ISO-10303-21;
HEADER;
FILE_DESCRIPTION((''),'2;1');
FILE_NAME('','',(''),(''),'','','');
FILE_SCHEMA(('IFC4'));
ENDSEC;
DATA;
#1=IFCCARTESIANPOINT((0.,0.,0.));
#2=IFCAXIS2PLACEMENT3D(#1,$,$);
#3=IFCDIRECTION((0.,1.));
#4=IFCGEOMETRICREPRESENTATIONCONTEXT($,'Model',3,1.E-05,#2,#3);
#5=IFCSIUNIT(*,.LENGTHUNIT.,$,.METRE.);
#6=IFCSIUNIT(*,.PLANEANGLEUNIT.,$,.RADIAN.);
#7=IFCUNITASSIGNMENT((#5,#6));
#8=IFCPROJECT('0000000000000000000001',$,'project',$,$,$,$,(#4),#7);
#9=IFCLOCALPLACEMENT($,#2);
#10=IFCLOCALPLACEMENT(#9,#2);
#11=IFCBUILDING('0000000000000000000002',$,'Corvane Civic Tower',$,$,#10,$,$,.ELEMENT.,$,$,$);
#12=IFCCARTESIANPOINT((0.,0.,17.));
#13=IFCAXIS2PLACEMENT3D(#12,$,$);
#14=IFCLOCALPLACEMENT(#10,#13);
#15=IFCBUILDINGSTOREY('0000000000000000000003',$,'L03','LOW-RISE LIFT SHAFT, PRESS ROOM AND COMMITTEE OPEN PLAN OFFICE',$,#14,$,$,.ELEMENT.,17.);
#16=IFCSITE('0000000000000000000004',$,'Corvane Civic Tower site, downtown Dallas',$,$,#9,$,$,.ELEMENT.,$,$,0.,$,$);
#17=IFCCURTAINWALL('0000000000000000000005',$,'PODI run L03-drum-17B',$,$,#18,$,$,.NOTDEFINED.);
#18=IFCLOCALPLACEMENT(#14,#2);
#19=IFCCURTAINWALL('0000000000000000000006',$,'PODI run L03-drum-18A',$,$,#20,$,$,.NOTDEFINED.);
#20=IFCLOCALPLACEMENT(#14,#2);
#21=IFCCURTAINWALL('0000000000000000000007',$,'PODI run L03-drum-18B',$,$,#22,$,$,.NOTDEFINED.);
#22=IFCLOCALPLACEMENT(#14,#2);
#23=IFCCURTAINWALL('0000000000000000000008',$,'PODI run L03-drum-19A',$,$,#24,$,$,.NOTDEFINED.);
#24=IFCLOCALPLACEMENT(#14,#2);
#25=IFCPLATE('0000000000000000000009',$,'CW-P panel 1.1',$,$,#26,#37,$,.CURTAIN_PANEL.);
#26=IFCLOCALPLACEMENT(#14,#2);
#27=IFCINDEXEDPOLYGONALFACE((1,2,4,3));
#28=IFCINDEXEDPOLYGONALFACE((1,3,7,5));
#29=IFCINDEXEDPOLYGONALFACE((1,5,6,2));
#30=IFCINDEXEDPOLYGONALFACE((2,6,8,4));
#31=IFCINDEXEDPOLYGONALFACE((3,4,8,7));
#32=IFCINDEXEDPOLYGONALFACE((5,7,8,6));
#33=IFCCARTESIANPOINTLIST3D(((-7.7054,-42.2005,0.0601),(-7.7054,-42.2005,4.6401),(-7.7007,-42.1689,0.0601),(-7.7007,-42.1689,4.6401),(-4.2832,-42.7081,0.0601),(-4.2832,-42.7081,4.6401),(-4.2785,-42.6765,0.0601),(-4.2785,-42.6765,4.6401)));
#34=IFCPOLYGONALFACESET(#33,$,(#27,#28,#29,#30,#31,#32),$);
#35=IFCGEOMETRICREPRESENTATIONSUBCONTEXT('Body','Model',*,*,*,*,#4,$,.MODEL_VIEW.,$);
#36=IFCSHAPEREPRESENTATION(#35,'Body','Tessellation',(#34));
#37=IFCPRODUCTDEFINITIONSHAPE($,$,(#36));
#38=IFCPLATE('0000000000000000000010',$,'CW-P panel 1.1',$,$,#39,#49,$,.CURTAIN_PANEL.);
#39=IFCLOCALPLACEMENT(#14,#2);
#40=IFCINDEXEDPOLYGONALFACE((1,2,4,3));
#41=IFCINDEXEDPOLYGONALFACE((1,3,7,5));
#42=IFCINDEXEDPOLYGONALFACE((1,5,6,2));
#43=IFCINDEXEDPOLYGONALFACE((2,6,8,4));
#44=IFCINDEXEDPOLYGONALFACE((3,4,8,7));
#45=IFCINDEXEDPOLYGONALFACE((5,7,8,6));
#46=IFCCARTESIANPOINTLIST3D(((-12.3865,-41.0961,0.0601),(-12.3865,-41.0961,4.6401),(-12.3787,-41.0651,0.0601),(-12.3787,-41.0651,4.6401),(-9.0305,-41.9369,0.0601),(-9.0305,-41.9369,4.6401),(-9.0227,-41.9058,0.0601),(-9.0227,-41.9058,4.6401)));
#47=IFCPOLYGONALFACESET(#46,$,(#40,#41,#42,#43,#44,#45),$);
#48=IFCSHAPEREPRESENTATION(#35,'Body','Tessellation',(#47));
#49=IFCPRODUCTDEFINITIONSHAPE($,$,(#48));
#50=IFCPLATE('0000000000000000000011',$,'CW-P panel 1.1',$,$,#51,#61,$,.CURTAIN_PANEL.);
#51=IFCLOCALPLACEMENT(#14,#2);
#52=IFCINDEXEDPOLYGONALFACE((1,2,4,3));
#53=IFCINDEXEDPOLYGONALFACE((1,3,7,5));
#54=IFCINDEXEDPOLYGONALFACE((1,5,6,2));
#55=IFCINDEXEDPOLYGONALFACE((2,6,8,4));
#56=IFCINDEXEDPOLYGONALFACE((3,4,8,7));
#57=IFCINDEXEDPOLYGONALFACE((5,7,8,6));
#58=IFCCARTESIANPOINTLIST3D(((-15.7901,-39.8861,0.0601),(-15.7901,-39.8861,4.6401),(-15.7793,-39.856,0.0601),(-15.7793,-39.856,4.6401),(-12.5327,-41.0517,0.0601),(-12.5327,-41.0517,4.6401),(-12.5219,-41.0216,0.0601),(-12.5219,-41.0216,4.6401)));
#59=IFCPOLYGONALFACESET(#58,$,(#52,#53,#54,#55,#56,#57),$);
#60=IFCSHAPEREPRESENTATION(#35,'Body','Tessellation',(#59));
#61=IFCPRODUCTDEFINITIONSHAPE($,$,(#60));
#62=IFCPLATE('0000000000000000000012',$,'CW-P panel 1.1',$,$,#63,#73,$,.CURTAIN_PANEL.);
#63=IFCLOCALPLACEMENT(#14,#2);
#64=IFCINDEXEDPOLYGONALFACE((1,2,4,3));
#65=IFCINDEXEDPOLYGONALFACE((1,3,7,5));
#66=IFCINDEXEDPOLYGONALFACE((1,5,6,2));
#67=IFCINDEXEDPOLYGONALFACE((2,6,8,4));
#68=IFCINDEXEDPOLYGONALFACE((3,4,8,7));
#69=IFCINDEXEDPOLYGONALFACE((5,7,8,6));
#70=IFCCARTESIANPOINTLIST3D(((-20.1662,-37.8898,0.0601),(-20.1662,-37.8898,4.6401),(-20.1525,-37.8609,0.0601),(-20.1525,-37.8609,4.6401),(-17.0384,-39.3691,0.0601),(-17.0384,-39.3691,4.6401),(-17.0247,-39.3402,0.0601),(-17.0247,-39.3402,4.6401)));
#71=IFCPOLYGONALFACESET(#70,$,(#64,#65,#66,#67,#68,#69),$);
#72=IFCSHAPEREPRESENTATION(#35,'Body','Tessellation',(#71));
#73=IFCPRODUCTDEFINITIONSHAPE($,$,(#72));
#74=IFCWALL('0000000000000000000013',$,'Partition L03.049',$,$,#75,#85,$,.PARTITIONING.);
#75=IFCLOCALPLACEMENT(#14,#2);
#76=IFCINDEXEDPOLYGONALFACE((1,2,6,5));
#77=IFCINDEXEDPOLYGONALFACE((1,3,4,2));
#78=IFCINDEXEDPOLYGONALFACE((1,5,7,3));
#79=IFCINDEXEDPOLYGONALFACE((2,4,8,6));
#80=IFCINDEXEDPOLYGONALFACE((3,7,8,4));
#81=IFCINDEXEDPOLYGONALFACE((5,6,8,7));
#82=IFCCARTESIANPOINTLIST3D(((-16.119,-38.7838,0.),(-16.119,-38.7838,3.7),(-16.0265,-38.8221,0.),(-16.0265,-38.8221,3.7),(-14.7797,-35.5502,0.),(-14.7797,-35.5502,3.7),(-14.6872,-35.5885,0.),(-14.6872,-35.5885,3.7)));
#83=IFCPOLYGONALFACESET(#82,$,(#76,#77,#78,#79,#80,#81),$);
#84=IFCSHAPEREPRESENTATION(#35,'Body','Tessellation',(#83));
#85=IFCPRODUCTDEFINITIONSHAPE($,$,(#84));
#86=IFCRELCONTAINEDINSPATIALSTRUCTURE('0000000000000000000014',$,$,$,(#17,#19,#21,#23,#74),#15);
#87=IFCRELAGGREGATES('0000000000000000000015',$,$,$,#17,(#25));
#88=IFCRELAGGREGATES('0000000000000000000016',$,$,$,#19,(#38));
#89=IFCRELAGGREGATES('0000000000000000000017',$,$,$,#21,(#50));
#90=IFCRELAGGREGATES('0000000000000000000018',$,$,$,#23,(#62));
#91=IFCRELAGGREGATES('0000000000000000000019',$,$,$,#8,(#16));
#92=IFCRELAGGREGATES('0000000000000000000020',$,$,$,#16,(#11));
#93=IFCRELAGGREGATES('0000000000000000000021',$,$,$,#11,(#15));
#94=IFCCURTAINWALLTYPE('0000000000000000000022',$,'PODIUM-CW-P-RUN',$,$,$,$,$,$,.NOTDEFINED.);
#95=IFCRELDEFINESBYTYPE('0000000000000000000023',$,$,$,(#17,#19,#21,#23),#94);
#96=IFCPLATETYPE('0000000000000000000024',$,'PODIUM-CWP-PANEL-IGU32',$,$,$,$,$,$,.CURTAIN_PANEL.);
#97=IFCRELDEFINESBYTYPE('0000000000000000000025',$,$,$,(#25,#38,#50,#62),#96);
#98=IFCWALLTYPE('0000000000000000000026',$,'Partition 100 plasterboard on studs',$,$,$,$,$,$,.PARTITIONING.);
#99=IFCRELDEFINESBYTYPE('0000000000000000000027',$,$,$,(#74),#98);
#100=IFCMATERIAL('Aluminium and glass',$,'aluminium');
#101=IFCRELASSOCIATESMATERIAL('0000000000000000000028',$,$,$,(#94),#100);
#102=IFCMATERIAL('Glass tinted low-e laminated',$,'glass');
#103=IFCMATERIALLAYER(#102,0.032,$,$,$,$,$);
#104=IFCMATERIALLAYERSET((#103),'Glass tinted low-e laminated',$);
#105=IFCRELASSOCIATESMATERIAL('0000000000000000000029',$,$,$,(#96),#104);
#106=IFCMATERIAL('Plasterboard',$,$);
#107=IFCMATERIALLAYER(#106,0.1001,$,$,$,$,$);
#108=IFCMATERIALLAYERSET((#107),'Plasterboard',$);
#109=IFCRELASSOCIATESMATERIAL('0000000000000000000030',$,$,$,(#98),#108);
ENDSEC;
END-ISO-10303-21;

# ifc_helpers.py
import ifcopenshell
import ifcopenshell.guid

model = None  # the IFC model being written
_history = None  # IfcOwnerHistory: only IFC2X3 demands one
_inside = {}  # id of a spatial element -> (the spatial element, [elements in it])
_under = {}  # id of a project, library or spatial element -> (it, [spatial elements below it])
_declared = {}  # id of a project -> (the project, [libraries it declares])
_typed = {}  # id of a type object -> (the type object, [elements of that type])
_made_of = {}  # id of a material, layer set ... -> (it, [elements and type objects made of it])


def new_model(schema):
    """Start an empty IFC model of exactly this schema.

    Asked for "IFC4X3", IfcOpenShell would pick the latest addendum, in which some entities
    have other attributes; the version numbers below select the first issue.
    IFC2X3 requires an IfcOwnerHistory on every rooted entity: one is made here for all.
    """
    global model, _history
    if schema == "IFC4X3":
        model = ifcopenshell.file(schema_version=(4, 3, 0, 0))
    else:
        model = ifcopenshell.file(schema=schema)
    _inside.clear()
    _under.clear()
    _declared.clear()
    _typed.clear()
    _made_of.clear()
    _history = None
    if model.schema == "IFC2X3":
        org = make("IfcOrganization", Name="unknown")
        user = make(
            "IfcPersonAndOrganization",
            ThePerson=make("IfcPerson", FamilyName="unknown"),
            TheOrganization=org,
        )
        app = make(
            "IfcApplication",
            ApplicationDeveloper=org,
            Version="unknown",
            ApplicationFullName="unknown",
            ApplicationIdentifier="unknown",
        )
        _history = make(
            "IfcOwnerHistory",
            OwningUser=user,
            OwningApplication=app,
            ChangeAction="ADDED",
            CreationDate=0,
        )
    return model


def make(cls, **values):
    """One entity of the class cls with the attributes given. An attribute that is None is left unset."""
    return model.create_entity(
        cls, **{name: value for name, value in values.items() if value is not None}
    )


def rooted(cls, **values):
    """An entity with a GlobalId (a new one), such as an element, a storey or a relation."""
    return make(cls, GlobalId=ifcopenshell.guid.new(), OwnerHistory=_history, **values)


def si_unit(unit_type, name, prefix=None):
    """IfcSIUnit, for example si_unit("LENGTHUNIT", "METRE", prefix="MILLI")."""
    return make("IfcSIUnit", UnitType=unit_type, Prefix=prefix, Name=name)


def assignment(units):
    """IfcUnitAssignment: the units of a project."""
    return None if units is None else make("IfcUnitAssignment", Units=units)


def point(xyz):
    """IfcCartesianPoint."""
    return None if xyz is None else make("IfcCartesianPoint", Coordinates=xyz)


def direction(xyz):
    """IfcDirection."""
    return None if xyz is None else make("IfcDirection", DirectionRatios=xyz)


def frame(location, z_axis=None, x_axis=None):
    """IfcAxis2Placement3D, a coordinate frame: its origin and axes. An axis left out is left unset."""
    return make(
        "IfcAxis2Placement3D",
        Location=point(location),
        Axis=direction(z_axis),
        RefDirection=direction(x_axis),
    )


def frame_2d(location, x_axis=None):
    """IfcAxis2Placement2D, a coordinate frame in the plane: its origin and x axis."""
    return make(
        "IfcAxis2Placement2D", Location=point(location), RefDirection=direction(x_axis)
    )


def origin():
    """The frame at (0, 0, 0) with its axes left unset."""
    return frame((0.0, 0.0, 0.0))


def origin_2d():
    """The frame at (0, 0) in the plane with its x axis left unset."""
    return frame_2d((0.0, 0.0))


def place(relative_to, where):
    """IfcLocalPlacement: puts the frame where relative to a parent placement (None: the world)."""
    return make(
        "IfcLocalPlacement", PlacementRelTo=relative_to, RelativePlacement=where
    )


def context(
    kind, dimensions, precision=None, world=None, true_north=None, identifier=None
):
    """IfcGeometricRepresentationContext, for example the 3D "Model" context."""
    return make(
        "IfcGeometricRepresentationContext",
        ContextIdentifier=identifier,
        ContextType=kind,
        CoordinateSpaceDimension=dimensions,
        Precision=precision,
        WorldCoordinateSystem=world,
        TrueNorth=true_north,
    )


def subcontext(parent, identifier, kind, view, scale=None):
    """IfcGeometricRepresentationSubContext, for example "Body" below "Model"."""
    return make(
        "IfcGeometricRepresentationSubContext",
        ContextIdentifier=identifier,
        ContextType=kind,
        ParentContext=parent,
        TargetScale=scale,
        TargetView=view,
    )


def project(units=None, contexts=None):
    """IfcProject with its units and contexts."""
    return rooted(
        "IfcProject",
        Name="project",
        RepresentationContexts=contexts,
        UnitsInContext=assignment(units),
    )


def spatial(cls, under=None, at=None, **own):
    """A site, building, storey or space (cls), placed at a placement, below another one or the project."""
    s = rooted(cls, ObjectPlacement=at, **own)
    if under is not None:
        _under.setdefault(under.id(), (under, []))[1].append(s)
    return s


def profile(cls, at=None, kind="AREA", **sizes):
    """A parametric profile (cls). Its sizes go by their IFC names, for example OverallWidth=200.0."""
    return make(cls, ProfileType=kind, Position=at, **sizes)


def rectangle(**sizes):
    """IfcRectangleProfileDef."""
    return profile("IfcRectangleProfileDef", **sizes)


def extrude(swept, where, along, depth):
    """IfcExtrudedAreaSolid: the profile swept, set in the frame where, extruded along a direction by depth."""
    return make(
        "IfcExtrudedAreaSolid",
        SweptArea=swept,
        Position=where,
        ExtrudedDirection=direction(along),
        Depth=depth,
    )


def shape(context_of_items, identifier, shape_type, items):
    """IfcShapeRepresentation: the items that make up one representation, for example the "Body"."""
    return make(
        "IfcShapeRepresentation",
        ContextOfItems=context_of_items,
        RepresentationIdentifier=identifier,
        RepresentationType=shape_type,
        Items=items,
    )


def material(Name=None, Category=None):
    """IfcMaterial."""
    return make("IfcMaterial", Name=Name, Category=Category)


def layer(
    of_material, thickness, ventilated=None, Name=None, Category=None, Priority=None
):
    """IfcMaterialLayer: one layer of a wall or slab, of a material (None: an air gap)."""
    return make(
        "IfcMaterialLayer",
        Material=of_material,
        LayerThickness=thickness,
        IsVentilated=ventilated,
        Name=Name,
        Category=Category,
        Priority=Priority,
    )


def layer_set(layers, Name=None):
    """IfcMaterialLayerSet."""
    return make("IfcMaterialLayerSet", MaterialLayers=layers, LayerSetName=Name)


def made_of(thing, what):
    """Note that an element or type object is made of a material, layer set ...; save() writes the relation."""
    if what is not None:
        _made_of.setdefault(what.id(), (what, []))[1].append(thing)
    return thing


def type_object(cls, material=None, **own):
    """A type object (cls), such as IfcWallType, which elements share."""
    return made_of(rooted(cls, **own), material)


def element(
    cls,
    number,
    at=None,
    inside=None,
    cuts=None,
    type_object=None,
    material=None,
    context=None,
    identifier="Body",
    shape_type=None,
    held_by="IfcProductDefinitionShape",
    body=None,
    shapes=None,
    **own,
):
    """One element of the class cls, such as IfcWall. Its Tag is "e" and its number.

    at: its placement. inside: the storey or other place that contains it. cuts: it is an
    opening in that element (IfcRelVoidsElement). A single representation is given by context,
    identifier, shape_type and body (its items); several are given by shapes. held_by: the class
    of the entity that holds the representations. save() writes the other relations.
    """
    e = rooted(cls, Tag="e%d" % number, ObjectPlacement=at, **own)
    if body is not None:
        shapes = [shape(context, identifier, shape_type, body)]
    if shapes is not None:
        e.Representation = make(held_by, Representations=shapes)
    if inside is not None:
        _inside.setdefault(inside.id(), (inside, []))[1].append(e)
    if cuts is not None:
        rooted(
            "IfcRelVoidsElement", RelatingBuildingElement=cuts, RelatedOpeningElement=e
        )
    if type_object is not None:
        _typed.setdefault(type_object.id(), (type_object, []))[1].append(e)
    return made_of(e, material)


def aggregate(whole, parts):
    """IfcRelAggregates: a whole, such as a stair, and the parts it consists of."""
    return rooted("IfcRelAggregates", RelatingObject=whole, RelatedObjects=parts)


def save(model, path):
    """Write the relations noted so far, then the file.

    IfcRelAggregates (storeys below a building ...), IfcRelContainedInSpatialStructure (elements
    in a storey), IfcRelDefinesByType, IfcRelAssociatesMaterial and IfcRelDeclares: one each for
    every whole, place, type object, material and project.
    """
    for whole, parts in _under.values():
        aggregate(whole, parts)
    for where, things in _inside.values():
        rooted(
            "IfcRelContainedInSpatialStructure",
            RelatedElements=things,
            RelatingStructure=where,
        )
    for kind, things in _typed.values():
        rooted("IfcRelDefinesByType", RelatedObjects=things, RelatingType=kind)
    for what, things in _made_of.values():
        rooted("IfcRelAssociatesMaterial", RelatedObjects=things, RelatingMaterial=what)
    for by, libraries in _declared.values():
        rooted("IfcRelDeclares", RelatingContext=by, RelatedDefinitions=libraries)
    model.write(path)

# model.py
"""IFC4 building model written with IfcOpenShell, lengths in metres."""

from ifc_helpers import new_model, si_unit, direction, frame, frame_2d, origin, origin_2d, place, context, subcontext, project, spatial, rectangle, extrude, material, layer, layer_set, type_object, element, aggregate, save


model = new_model("IFC4")

# Units and contexts
model_context = context("Model", 3, precision=1e-05, world=origin(), true_north=direction((0.0, 1.0)))
body_context = subcontext(model_context, "Body", "Model", "MODEL_VIEW")
ifc_project = project(units=[si_unit("LENGTHUNIT", "METRE"), si_unit("PLANEANGLEUNIT", "RADIAN")], contexts=[model_context])

# Site, building, storey
site_placement = place(None, origin())
site = spatial("IfcSite", under=ifc_project, at=site_placement, Name="Corvane Civic Tower site, downtown Dallas", CompositionType="ELEMENT", RefElevation=0.0)
building_placement = place(site_placement, origin())
building = spatial("IfcBuilding", under=site, at=building_placement, Name="Corvane Civic Tower", CompositionType="ELEMENT")
storey_placement = place(building_placement, frame((0.0, 0.0, 17.0)))
storey = spatial("IfcBuildingStorey", under=building, at=storey_placement, Name="L03", Description="LOW-RISE LIFT SHAFT, PRESS ROOM AND COMMITTEE OPEN PLAN OFFICE", CompositionType="ELEMENT", Elevation=17.0)

# Shared definitions
ifc_material_1 = material(Name="Aluminium and glass", Category="aluminium")
curtain_wall_type = type_object("IfcCurtainWallType", Name="PODIUM-CW-P-RUN", PredefinedType="NOTDEFINED", material=ifc_material_1)

# Curtain walls
curtain_wall_1_placement = place(storey_placement, origin())
curtain_wall_1 = element("IfcCurtainWall", 1, at=curtain_wall_1_placement, inside=storey, type_object=curtain_wall_type, Name="PODI run L03-drum-17B", PredefinedType="NOTDEFINED")
curtain_wall_2_placement = place(storey_placement, origin())
curtain_wall_2 = element("IfcCurtainWall", 2, at=curtain_wall_2_placement, inside=storey, type_object=curtain_wall_type, Name="PODI run L03-drum-18A", PredefinedType="NOTDEFINED")
curtain_wall_3_placement = place(storey_placement, origin())
curtain_wall_3 = element("IfcCurtainWall", 3, at=curtain_wall_3_placement, inside=storey, type_object=curtain_wall_type, Name="PODI run L03-drum-18B", PredefinedType="NOTDEFINED")
curtain_wall_4_placement = place(storey_placement, origin())
curtain_wall_4 = element("IfcCurtainWall", 4, at=curtain_wall_4_placement, inside=storey, type_object=curtain_wall_type, Name="PODI run L03-drum-19A", PredefinedType="NOTDEFINED")

# Plates
ifc_material_2 = material(Name="Glass tinted low-e laminated", Category="glass")
ifc_layer_1 = layer(ifc_material_2, 0.032)
ifc_layer_set_1 = layer_set([ifc_layer_1], Name="Glass tinted low-e laminated")
plate_type = type_object("IfcPlateType", Name="PODIUM-CWP-PANEL-IGU32", PredefinedType="CURTAIN_PANEL", material=ifc_layer_set_1)
plate_1_placement = place(storey_placement, frame((-5.9919, -42.4385, 0.0601), z_axis=(0.0, 0.0, 1.0), x_axis=(-0.989179, 0.146715, 0.0)))
plate_1 = element("IfcPlate", 5, at=plate_1_placement, type_object=plate_type, Name="CW-P panel 1.1", PredefinedType="CURTAIN_PANEL", context=body_context, shape_type="SweptSolid", body=[
    extrude(rectangle(XDim=3.4597, YDim=0.032, at=origin_2d()), origin(), (0.0, 0.0, 1.0), 4.5801),
])
aggregate(curtain_wall_1, [plate_1])
plate_2_placement = place(storey_placement, frame((-10.7046, -41.501, 0.0601), z_axis=(0.0, 0.0, 1.0), x_axis=(-0.970024, 0.243009, 0.0)))
plate_2 = element("IfcPlate", 6, at=plate_2_placement, type_object=plate_type, Name="CW-P panel 1.1", PredefinedType="CURTAIN_PANEL", context=body_context, shape_type="SweptSolid", body=[
    extrude(rectangle(XDim=3.4597, YDim=0.032, at=origin_2d()), origin(), (0.0, 0.0, 1.0), 4.5801),
])
aggregate(curtain_wall_2, [plate_2])
plate_3_placement = place(storey_placement, frame((-14.156, -40.4539, 0.0601), z_axis=(0.0, 0.0, 1.0), x_axis=(-0.941534, 0.336919, 0.0)))
plate_3 = element("IfcPlate", 7, at=plate_3_placement, type_object=plate_type, Name="CW-P panel 1.1", PredefinedType="CURTAIN_PANEL", context=body_context, shape_type="SweptSolid", body=[
    extrude(rectangle(XDim=3.4597, YDim=0.032, at=origin_2d()), origin(), (0.0, 0.0, 1.0), 4.5801),
])
aggregate(curtain_wall_3, [plate_3])
plate_4_placement = place(storey_placement, frame((-18.5955, -38.615, 0.0601), z_axis=(0.0, 0.0, 1.0), x_axis=(-0.90399, 0.427553, 0.0)))
plate_4 = element("IfcPlate", 8, at=plate_4_placement, type_object=plate_type, Name="CW-P panel 1.1", PredefinedType="CURTAIN_PANEL", context=body_context, shape_type="SweptSolid", body=[
    extrude(rectangle(XDim=3.46, YDim=0.032, at=origin_2d()), origin(), (0.0, 0.0, 1.0), 4.5801),
])
aggregate(curtain_wall_4, [plate_4])

# Wall
ifc_material_3 = material(Name="Plasterboard")
ifc_layer_2 = layer(ifc_material_3, 0.1001)
ifc_layer_set_2 = layer_set([ifc_layer_2], Name="Plasterboard")
wall_type = type_object("IfcWallType", Name="Partition 100 plasterboard on studs", PredefinedType="PARTITIONING", material=ifc_layer_set_2)
wall_placement = place(storey_placement, frame((-16.0728, -38.803, 0.0), z_axis=(0.0, 0.0, 1.0), x_axis=(0.382668, 0.923886, 0.0)))
element("IfcWall", 9, at=wall_placement, inside=storey, type_object=wall_type, Name="Partition L03.049", PredefinedType="PARTITIONING", context=body_context, shape_type="SweptSolid", body=[
    extrude(rectangle(XDim=3.5, YDim=0.1001, at=frame_2d((1.75, 0.0))), origin(), (0.0, 0.0, 1.0), 3.7),
])

save(model, "model.ifc")
